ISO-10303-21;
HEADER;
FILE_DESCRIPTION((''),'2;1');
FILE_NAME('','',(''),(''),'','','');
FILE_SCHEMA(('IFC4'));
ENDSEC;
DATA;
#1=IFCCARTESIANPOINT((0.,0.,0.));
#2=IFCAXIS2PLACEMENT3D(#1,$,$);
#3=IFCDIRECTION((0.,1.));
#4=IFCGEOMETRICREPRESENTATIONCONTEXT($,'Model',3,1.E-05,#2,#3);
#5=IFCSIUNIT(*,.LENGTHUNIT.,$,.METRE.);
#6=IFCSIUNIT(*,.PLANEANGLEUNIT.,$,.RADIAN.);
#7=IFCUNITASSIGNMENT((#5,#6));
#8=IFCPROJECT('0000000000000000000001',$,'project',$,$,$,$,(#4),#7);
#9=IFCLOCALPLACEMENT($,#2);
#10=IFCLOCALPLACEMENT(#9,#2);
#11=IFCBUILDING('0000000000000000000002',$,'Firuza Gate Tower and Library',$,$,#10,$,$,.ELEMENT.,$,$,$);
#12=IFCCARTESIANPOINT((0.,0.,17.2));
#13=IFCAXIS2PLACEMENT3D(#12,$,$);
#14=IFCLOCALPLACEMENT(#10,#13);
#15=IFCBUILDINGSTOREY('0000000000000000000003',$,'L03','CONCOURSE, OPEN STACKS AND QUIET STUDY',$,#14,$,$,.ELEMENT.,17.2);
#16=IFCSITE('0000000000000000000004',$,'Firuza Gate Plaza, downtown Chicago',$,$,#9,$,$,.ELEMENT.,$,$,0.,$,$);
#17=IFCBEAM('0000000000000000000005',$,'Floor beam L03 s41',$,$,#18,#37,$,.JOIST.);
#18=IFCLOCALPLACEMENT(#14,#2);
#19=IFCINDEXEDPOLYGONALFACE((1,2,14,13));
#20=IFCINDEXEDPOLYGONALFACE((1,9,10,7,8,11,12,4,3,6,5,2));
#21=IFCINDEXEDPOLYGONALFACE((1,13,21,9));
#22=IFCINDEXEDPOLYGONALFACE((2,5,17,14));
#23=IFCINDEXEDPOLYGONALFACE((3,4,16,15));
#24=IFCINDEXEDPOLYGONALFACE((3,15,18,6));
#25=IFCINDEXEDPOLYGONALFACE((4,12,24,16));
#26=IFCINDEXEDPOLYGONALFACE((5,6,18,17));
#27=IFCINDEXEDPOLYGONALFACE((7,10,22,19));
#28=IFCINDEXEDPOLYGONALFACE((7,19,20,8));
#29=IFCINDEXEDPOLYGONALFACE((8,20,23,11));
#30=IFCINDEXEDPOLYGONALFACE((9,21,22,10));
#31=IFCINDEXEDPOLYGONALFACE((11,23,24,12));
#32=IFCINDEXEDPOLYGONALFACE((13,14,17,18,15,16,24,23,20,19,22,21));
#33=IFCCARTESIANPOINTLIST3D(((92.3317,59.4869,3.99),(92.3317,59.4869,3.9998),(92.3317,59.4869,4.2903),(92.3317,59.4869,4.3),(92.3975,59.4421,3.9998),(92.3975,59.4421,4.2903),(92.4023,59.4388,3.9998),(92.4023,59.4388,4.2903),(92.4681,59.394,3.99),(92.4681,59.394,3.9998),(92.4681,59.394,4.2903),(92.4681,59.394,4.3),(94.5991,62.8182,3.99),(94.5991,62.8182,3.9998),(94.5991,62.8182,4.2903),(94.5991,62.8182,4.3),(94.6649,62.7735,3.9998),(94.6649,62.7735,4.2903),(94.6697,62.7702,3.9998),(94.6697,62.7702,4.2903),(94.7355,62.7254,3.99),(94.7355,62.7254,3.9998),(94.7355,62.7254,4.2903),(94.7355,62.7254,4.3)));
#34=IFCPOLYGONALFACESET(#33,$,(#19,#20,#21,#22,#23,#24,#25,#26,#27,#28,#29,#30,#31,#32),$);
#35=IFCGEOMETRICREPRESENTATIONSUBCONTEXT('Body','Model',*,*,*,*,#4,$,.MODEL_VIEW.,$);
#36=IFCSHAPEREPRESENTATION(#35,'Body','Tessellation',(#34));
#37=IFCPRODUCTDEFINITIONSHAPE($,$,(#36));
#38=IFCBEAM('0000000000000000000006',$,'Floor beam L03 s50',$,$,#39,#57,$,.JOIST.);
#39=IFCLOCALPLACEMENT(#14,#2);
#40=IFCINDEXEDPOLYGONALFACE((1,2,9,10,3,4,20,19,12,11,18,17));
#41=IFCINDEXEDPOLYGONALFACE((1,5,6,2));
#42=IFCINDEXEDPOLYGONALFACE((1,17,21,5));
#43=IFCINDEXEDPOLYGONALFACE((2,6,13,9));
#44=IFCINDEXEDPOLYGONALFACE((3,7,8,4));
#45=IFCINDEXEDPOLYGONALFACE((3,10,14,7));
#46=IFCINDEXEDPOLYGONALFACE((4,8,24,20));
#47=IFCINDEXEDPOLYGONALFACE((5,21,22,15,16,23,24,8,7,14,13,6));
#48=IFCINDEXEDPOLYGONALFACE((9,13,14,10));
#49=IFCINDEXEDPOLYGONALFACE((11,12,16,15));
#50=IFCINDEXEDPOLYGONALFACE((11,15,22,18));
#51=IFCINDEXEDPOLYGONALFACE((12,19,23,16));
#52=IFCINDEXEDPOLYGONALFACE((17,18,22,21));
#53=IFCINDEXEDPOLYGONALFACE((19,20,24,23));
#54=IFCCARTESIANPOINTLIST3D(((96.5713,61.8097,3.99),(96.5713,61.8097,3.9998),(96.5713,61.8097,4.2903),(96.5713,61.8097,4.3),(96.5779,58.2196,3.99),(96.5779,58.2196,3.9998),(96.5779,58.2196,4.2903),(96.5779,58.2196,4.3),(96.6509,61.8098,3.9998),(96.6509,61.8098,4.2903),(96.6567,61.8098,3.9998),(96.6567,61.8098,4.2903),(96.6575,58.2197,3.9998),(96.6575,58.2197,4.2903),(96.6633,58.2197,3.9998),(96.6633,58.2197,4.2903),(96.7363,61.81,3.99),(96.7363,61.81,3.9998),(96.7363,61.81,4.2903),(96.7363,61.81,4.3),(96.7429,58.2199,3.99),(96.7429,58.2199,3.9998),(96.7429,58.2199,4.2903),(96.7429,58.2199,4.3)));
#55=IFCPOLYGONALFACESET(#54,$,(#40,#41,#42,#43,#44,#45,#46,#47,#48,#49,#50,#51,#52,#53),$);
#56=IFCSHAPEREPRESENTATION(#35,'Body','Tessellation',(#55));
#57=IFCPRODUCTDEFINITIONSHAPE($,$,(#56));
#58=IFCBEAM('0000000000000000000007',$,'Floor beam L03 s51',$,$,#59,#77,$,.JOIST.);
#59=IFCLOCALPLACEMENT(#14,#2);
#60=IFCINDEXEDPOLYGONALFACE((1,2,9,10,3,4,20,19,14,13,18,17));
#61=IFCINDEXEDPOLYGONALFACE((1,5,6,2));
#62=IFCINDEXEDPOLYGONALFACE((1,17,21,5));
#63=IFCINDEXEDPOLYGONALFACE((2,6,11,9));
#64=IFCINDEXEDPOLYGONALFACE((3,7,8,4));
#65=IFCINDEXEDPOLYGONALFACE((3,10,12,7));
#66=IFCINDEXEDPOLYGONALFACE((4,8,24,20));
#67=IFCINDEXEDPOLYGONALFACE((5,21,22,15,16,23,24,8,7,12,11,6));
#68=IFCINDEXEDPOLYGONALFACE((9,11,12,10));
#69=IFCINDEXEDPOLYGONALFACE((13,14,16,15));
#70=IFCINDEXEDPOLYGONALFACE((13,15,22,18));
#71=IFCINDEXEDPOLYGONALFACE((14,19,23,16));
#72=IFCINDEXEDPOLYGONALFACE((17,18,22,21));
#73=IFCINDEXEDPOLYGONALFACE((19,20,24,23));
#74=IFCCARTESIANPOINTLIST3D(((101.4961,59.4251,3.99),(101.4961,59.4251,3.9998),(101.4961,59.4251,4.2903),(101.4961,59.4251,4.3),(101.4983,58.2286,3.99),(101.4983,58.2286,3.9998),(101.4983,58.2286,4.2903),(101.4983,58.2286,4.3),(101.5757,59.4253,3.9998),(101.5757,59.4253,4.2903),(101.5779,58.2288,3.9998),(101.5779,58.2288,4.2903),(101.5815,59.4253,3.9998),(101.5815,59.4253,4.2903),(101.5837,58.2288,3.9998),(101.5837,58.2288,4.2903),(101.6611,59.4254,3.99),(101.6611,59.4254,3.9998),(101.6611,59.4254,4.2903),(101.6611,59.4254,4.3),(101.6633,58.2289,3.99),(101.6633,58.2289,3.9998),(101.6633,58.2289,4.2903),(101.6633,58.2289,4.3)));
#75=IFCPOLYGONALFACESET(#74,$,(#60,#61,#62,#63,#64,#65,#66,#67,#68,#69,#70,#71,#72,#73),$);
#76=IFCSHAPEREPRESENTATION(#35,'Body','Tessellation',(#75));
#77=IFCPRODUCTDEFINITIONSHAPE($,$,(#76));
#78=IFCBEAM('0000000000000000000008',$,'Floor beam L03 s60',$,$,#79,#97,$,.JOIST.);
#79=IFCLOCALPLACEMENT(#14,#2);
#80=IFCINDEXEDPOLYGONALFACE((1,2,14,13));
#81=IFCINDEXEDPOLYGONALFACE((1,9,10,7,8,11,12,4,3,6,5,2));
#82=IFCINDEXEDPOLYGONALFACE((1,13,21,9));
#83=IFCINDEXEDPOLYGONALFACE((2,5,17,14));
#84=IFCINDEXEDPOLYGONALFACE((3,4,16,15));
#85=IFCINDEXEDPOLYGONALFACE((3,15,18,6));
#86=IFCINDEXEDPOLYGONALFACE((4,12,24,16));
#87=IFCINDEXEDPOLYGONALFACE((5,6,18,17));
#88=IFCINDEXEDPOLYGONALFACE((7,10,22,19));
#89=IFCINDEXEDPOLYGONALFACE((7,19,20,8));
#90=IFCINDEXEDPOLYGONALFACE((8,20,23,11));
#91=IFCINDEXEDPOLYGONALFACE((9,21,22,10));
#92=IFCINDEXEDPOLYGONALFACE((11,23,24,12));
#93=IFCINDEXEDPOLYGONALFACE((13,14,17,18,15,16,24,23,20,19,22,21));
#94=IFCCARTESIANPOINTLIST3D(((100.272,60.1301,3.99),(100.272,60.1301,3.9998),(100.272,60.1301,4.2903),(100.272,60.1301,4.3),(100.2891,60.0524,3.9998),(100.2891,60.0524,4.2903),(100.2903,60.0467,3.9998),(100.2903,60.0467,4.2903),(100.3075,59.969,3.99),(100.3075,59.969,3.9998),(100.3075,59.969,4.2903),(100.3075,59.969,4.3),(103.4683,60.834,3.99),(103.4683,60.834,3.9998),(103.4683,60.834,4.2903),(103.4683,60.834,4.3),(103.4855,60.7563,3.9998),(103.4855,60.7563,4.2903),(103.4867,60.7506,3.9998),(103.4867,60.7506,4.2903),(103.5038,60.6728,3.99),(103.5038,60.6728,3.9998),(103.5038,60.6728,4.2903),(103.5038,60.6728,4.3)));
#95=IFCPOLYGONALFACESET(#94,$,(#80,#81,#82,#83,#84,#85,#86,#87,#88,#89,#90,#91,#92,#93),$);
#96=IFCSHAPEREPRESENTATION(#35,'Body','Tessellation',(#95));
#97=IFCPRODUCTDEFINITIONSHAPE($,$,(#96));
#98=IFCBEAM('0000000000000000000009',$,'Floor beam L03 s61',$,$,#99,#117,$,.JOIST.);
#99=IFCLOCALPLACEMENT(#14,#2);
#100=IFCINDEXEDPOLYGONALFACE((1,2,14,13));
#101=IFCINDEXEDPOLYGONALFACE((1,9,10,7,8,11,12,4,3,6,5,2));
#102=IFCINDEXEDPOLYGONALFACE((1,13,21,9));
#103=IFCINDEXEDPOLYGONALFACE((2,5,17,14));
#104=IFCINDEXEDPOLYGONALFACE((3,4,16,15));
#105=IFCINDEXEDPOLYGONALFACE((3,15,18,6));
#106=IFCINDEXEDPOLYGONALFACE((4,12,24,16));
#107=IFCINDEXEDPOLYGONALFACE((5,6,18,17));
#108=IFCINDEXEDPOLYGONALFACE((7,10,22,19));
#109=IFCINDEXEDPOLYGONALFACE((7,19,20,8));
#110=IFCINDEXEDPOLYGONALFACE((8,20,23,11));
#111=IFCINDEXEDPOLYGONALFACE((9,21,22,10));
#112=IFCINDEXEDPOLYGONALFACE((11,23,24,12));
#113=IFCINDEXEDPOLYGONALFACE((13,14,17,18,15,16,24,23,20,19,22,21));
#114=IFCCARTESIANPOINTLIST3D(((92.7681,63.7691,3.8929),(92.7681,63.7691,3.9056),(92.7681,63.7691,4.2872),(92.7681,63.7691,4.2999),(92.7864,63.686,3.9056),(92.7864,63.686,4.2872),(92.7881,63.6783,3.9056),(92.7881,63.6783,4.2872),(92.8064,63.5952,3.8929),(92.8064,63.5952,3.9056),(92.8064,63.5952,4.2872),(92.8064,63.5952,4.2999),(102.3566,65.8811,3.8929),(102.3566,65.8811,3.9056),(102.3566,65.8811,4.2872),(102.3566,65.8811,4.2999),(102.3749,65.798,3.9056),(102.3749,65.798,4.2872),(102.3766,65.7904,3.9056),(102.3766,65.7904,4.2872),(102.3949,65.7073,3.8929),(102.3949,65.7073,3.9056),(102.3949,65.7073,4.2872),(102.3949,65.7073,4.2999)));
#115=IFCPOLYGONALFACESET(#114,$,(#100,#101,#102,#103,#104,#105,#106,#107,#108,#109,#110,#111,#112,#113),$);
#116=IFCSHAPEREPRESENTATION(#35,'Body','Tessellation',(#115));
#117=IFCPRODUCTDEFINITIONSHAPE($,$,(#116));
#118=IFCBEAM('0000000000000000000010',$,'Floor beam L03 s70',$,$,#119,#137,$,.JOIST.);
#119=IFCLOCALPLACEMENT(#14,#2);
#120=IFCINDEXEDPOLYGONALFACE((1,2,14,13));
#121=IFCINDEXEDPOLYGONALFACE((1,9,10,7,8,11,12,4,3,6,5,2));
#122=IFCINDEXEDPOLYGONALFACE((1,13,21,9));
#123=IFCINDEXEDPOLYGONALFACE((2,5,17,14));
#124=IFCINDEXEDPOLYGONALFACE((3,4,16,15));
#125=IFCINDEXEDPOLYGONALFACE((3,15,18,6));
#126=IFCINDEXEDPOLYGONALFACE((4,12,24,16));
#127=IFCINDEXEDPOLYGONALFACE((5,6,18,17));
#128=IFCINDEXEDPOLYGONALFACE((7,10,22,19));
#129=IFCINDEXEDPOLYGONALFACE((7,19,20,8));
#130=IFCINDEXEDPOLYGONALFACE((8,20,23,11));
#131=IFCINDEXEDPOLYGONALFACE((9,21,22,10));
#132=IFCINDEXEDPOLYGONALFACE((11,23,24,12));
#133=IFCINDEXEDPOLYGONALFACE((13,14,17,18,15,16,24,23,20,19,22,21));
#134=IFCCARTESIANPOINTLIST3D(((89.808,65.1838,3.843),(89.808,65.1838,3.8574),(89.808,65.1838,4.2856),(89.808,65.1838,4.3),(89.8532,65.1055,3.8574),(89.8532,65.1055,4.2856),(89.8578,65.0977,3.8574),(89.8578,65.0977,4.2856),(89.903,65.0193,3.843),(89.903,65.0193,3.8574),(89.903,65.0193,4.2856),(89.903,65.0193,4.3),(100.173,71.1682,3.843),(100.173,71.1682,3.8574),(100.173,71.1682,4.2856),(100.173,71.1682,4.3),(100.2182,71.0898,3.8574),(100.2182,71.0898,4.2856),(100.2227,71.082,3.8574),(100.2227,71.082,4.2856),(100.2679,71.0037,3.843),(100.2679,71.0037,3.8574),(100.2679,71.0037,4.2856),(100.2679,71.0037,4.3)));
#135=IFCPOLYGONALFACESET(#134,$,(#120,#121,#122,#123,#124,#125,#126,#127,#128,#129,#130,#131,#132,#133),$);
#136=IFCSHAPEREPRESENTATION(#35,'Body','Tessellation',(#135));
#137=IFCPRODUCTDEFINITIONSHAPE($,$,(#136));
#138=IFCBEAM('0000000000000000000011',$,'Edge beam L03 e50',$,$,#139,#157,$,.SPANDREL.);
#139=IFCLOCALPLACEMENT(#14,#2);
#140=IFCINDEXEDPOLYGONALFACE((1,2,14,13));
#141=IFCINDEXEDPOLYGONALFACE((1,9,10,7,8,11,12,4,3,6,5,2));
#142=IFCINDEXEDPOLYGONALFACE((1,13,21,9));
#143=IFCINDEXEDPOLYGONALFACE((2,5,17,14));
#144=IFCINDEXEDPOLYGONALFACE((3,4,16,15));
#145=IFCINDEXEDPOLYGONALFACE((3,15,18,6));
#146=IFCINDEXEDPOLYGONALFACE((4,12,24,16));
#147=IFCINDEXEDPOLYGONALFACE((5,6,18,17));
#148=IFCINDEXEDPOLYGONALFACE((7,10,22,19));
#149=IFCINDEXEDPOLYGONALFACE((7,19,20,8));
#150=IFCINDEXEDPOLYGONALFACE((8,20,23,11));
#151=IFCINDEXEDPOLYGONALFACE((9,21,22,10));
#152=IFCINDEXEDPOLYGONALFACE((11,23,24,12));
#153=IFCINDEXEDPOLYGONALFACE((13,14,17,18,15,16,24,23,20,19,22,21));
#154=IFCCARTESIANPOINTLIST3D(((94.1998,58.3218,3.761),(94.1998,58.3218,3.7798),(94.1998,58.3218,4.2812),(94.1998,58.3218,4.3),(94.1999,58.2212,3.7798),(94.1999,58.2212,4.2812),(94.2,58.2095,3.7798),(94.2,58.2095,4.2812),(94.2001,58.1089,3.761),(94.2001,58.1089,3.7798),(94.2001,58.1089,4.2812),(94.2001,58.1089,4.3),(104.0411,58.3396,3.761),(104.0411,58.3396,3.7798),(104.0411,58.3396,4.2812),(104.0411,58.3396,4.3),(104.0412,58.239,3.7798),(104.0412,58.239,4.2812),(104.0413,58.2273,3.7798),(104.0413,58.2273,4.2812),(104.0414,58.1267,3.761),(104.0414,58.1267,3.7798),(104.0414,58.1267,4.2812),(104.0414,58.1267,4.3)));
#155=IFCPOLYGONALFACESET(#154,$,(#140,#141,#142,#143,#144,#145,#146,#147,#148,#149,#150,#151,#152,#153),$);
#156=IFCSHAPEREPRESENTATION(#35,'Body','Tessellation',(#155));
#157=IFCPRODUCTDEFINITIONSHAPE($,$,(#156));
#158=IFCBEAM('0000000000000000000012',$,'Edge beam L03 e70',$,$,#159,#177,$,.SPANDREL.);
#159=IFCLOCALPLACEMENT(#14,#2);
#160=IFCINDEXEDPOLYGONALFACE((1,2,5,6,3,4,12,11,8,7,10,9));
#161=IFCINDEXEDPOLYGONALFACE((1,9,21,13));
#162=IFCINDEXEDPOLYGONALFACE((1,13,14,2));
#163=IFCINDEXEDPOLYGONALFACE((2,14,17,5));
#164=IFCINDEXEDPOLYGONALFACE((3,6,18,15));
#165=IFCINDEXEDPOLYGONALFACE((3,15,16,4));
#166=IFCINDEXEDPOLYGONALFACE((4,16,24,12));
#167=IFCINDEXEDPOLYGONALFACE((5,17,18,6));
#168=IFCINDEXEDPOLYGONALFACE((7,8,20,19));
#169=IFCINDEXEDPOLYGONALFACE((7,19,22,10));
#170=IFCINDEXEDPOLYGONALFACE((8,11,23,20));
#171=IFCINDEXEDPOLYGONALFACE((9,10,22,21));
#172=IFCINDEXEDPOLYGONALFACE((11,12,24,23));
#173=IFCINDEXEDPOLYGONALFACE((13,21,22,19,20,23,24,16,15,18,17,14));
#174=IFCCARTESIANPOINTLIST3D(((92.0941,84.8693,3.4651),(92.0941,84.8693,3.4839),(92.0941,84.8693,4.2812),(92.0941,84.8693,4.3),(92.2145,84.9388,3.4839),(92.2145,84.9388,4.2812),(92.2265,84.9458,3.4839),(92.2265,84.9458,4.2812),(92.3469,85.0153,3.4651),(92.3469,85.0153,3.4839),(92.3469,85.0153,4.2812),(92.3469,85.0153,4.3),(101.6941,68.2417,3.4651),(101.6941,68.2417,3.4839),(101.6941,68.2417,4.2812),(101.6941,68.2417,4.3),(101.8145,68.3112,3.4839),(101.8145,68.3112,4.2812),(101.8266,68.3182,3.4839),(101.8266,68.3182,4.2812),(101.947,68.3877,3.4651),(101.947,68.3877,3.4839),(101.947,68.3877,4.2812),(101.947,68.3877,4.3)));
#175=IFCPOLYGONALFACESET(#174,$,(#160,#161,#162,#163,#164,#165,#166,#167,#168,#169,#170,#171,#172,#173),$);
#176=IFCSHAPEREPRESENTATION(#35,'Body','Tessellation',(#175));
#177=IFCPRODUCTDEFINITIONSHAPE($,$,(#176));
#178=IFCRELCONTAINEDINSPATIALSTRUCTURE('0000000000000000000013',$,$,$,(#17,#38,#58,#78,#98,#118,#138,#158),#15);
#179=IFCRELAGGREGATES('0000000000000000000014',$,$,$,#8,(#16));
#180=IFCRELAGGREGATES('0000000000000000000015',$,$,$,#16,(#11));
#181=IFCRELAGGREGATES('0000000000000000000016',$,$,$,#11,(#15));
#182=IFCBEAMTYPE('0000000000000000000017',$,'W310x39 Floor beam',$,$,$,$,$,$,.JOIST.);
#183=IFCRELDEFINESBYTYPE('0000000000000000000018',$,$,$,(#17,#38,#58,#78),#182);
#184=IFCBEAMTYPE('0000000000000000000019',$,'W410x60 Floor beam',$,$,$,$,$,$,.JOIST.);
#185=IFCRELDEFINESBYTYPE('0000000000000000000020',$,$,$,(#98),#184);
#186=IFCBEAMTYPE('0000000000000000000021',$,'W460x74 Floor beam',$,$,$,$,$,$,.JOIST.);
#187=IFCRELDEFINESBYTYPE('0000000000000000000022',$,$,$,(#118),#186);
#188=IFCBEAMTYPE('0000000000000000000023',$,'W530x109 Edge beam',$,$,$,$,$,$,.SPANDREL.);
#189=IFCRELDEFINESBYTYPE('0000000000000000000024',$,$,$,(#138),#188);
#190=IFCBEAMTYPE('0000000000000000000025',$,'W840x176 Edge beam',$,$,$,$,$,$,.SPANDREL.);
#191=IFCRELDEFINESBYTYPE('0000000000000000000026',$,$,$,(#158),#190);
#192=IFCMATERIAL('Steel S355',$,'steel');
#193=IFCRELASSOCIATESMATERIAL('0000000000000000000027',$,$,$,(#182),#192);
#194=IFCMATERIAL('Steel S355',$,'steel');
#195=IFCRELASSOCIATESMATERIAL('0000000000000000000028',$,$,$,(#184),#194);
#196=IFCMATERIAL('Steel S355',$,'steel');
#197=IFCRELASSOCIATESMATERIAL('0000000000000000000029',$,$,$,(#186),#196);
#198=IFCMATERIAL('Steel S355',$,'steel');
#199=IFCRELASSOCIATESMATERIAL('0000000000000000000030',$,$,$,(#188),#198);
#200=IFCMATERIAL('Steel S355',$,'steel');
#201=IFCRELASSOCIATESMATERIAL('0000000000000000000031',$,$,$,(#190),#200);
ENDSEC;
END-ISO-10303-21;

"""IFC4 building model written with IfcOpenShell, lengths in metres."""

from ifc_helpers import new_model, si_unit, direction, frame, origin, origin_2d, place, context, subcontext, project, spatial, i_section, extrude, material, material_profile, profile_set, type_object, element, save


model = new_model("IFC4")

# Units and contexts
model_context = context("Model", 3, precision=1e-05, world=origin(), true_north=direction((0.0, 1.0)))
body_context = subcontext(model_context, "Body", "Model", "MODEL_VIEW")
ifc_project = project(units=[si_unit("LENGTHUNIT", "METRE"), si_unit("PLANEANGLEUNIT", "RADIAN")], contexts=[model_context])

# Site, building, storey
site_placement = place(None, origin())
site = spatial("IfcSite", under=ifc_project, at=site_placement, Name="Firuza Gate Plaza, downtown Chicago", CompositionType="ELEMENT", RefElevation=0.0)
building_placement = place(site_placement, origin())
building = spatial("IfcBuilding", under=site, at=building_placement, Name="Firuza Gate Tower and Library", CompositionType="ELEMENT")
storey_placement = place(building_placement, frame((0.0, 0.0, 17.2)))
storey = spatial("IfcBuildingStorey", under=building, at=storey_placement, Name="L03", Description="CONCOURSE, OPEN STACKS AND QUIET STUDY", CompositionType="ELEMENT", Elevation=17.2)

# Beams
ifc_material_1 = material(Name="Steel S355", Category="steel")
ifc_material_profile_1 = material_profile(ifc_material_1, i_section(OverallWidth=0.165, OverallDepth=0.3101, WebThickness=0.0059, FlangeThickness=0.0098, at=origin_2d()))
ifc_profile_set_1 = profile_set([ifc_material_profile_1], Name="Steel S355")
beam_type_1 = type_object("IfcBeamType", Name="W310x39 Floor beam", PredefinedType="JOIST", material=ifc_profile_set_1)
beam_1_placement = place(storey_placement, frame((92.3999, 59.4404, 4.145), z_axis=(0.562658, 0.82669, 0.0), x_axis=(-0.82669, 0.562658, 0.0)))
element("IfcBeam", 1, at=beam_1_placement, inside=storey, type_object=beam_type_1, Name="Floor beam L03 s41", PredefinedType="JOIST", context=body_context, shape_type="SweptSolid", body=[
    extrude(i_section(OverallWidth=0.165, OverallDepth=0.3101, WebThickness=0.0059, FlangeThickness=0.0098, at=origin_2d()), origin(), (0.0, 0.0, 1.0), 4.0298),
])
beam_2_placement = place(storey_placement, frame((96.6604, 58.2197, 4.145), z_axis=(-0.001836, 0.999998, 0.0), x_axis=(-0.999998, -0.001836, 0.0)))
element("IfcBeam", 2, at=beam_2_placement, inside=storey, type_object=beam_type_1, Name="Floor beam L03 s50", PredefinedType="JOIST", context=body_context, shape_type="SweptSolid", body=[
    extrude(i_section(OverallWidth=0.165, OverallDepth=0.3101, WebThickness=0.0059, FlangeThickness=0.0098, at=origin_2d()), origin(), (0.0, 0.0, 1.0), 3.5901),
])
beam_3_placement = place(storey_placement, frame((101.5808, 58.2288, 4.145), z_axis=(-0.001836, 0.999998, 0.0), x_axis=(-0.999998, -0.001836, 0.0)))
element("IfcBeam", 3, at=beam_3_placement, inside=storey, type_object=beam_type_1, Name="Floor beam L03 s51", PredefinedType="JOIST", context=body_context, shape_type="SweptSolid", body=[
    extrude(i_section(OverallWidth=0.165, OverallDepth=0.3101, WebThickness=0.0059, FlangeThickness=0.0098, at=origin_2d()), origin(), (0.0, 0.0, 1.0), 1.1965),
])
beam_4_placement = place(storey_placement, frame((103.4861, 60.7534, 4.145), z_axis=(-0.976601, -0.215058, 0.0), x_axis=(0.215058, -0.976601, 0.0)))
element("IfcBeam", 4, at=beam_4_placement, inside=storey, type_object=beam_type_1, Name="Floor beam L03 s60", PredefinedType="JOIST", context=body_context, shape_type="SweptSolid", body=[
    extrude(i_section(OverallWidth=0.165, OverallDepth=0.3101, WebThickness=0.0059, FlangeThickness=0.0098, at=origin_2d()), origin(), (0.0, 0.0, 1.0), 3.2729),
])
ifc_material_2 = material(Name="Steel S355", Category="steel")
ifc_material_profile_2 = material_profile(ifc_material_2, i_section(OverallWidth=0.178, OverallDepth=0.407, WebThickness=0.0078, FlangeThickness=0.0127, at=origin_2d()))
ifc_profile_set_2 = profile_set([ifc_material_profile_2], Name="Steel S355")
beam_type_2 = type_object("IfcBeamType", Name="W410x60 Floor beam", PredefinedType="JOIST", material=ifc_profile_set_2)
beam_5_placement = place(storey_placement, frame((102.3757, 65.7942, 4.0964), z_axis=(-0.97659, -0.215111, 0.0), x_axis=(0.215111, -0.97659, 0.0)))
element("IfcBeam", 5, at=beam_5_placement, inside=storey, type_object=beam_type_2, Name="Floor beam L03 s61", PredefinedType="JOIST", context=body_context, shape_type="SweptSolid", body=[
    extrude(i_section(OverallWidth=0.178, OverallDepth=0.407, WebThickness=0.0078, FlangeThickness=0.0127, at=origin_2d()), origin(), (0.0, 0.0, 1.0), 9.8184),
])
ifc_material_3 = material(Name="Steel S355", Category="steel")
ifc_material_profile_3 = material_profile(ifc_material_3, i_section(OverallWidth=0.1899, OverallDepth=0.457, WebThickness=0.009, FlangeThickness=0.0144, at=origin_2d()))
ifc_profile_set_3 = profile_set([ifc_material_profile_3], Name="Steel S355")
beam_type_3 = type_object("IfcBeamType", Name="W460x74 Floor beam", PredefinedType="JOIST", material=ifc_profile_set_3)
beam_6_placement = place(storey_placement, frame((100.2205, 71.0859, 4.0715), z_axis=(-0.86602, -0.500009, 0.0), x_axis=(0.500009, -0.86602, 0.0)))
element("IfcBeam", 6, at=beam_6_placement, inside=storey, type_object=beam_type_3, Name="Floor beam L03 s70", PredefinedType="JOIST", context=body_context, shape_type="SweptSolid", body=[
    extrude(i_section(OverallWidth=0.1899, OverallDepth=0.457, WebThickness=0.009, FlangeThickness=0.0144, at=origin_2d()), origin(), (0.0, 0.0, 1.0), 11.9685),
])
ifc_material_4 = material(Name="Steel S355", Category="steel")
ifc_material_profile_4 = material_profile(ifc_material_4, i_section(OverallWidth=0.2129, OverallDepth=0.5391, WebThickness=0.0117, FlangeThickness=0.0188, at=origin_2d()))
ifc_profile_set_4 = profile_set([ifc_material_profile_4], Name="Steel S355")
beam_type_4 = type_object("IfcBeamType", Name="W530x109 Edge beam", PredefinedType="SPANDREL", material=ifc_profile_set_4)
beam_7_placement = place(storey_placement, frame((94.2, 58.2153, 4.0305), z_axis=(0.999998, 0.001811, 0.0), x_axis=(-0.001811, 0.999998, 0.0)))
element("IfcBeam", 7, at=beam_7_placement, inside=storey, type_object=beam_type_4, Name="Edge beam L03 e50", PredefinedType="SPANDREL", context=body_context, shape_type="SweptSolid", body=[
    extrude(i_section(OverallWidth=0.2129, OverallDepth=0.5391, WebThickness=0.0117, FlangeThickness=0.0188, at=origin_2d()), origin(), (0.0, 0.0, 1.0), 9.8413),
])
ifc_material_5 = material(Name="Steel S355", Category="steel")
ifc_material_profile_5 = material_profile(ifc_material_5, i_section(OverallWidth=0.292, OverallDepth=0.835, WebThickness=0.0139, FlangeThickness=0.0188, at=origin_2d()))
ifc_profile_set_5 = profile_set([ifc_material_profile_5], Name="Steel S355")
beam_type_5 = type_object("IfcBeamType", Name="W840x176 Edge beam", PredefinedType="SPANDREL", material=ifc_profile_set_5)
beam_8_placement = place(storey_placement, frame((101.8206, 68.3147, 3.8826), z_axis=(-0.500004, 0.866023, 0.0), x_axis=(-0.866023, -0.500004, 0.0)))
element("IfcBeam", 8, at=beam_8_placement, inside=storey, type_object=beam_type_5, Name="Edge beam L03 e70", PredefinedType="SPANDREL", context=body_context, shape_type="SweptSolid", body=[
    extrude(i_section(OverallWidth=0.292, OverallDepth=0.835, WebThickness=0.0139, FlangeThickness=0.0188, at=origin_2d()), origin(), (0.0, 0.0, 1.0), 19.2),
])

save(model, "model.ifc")
